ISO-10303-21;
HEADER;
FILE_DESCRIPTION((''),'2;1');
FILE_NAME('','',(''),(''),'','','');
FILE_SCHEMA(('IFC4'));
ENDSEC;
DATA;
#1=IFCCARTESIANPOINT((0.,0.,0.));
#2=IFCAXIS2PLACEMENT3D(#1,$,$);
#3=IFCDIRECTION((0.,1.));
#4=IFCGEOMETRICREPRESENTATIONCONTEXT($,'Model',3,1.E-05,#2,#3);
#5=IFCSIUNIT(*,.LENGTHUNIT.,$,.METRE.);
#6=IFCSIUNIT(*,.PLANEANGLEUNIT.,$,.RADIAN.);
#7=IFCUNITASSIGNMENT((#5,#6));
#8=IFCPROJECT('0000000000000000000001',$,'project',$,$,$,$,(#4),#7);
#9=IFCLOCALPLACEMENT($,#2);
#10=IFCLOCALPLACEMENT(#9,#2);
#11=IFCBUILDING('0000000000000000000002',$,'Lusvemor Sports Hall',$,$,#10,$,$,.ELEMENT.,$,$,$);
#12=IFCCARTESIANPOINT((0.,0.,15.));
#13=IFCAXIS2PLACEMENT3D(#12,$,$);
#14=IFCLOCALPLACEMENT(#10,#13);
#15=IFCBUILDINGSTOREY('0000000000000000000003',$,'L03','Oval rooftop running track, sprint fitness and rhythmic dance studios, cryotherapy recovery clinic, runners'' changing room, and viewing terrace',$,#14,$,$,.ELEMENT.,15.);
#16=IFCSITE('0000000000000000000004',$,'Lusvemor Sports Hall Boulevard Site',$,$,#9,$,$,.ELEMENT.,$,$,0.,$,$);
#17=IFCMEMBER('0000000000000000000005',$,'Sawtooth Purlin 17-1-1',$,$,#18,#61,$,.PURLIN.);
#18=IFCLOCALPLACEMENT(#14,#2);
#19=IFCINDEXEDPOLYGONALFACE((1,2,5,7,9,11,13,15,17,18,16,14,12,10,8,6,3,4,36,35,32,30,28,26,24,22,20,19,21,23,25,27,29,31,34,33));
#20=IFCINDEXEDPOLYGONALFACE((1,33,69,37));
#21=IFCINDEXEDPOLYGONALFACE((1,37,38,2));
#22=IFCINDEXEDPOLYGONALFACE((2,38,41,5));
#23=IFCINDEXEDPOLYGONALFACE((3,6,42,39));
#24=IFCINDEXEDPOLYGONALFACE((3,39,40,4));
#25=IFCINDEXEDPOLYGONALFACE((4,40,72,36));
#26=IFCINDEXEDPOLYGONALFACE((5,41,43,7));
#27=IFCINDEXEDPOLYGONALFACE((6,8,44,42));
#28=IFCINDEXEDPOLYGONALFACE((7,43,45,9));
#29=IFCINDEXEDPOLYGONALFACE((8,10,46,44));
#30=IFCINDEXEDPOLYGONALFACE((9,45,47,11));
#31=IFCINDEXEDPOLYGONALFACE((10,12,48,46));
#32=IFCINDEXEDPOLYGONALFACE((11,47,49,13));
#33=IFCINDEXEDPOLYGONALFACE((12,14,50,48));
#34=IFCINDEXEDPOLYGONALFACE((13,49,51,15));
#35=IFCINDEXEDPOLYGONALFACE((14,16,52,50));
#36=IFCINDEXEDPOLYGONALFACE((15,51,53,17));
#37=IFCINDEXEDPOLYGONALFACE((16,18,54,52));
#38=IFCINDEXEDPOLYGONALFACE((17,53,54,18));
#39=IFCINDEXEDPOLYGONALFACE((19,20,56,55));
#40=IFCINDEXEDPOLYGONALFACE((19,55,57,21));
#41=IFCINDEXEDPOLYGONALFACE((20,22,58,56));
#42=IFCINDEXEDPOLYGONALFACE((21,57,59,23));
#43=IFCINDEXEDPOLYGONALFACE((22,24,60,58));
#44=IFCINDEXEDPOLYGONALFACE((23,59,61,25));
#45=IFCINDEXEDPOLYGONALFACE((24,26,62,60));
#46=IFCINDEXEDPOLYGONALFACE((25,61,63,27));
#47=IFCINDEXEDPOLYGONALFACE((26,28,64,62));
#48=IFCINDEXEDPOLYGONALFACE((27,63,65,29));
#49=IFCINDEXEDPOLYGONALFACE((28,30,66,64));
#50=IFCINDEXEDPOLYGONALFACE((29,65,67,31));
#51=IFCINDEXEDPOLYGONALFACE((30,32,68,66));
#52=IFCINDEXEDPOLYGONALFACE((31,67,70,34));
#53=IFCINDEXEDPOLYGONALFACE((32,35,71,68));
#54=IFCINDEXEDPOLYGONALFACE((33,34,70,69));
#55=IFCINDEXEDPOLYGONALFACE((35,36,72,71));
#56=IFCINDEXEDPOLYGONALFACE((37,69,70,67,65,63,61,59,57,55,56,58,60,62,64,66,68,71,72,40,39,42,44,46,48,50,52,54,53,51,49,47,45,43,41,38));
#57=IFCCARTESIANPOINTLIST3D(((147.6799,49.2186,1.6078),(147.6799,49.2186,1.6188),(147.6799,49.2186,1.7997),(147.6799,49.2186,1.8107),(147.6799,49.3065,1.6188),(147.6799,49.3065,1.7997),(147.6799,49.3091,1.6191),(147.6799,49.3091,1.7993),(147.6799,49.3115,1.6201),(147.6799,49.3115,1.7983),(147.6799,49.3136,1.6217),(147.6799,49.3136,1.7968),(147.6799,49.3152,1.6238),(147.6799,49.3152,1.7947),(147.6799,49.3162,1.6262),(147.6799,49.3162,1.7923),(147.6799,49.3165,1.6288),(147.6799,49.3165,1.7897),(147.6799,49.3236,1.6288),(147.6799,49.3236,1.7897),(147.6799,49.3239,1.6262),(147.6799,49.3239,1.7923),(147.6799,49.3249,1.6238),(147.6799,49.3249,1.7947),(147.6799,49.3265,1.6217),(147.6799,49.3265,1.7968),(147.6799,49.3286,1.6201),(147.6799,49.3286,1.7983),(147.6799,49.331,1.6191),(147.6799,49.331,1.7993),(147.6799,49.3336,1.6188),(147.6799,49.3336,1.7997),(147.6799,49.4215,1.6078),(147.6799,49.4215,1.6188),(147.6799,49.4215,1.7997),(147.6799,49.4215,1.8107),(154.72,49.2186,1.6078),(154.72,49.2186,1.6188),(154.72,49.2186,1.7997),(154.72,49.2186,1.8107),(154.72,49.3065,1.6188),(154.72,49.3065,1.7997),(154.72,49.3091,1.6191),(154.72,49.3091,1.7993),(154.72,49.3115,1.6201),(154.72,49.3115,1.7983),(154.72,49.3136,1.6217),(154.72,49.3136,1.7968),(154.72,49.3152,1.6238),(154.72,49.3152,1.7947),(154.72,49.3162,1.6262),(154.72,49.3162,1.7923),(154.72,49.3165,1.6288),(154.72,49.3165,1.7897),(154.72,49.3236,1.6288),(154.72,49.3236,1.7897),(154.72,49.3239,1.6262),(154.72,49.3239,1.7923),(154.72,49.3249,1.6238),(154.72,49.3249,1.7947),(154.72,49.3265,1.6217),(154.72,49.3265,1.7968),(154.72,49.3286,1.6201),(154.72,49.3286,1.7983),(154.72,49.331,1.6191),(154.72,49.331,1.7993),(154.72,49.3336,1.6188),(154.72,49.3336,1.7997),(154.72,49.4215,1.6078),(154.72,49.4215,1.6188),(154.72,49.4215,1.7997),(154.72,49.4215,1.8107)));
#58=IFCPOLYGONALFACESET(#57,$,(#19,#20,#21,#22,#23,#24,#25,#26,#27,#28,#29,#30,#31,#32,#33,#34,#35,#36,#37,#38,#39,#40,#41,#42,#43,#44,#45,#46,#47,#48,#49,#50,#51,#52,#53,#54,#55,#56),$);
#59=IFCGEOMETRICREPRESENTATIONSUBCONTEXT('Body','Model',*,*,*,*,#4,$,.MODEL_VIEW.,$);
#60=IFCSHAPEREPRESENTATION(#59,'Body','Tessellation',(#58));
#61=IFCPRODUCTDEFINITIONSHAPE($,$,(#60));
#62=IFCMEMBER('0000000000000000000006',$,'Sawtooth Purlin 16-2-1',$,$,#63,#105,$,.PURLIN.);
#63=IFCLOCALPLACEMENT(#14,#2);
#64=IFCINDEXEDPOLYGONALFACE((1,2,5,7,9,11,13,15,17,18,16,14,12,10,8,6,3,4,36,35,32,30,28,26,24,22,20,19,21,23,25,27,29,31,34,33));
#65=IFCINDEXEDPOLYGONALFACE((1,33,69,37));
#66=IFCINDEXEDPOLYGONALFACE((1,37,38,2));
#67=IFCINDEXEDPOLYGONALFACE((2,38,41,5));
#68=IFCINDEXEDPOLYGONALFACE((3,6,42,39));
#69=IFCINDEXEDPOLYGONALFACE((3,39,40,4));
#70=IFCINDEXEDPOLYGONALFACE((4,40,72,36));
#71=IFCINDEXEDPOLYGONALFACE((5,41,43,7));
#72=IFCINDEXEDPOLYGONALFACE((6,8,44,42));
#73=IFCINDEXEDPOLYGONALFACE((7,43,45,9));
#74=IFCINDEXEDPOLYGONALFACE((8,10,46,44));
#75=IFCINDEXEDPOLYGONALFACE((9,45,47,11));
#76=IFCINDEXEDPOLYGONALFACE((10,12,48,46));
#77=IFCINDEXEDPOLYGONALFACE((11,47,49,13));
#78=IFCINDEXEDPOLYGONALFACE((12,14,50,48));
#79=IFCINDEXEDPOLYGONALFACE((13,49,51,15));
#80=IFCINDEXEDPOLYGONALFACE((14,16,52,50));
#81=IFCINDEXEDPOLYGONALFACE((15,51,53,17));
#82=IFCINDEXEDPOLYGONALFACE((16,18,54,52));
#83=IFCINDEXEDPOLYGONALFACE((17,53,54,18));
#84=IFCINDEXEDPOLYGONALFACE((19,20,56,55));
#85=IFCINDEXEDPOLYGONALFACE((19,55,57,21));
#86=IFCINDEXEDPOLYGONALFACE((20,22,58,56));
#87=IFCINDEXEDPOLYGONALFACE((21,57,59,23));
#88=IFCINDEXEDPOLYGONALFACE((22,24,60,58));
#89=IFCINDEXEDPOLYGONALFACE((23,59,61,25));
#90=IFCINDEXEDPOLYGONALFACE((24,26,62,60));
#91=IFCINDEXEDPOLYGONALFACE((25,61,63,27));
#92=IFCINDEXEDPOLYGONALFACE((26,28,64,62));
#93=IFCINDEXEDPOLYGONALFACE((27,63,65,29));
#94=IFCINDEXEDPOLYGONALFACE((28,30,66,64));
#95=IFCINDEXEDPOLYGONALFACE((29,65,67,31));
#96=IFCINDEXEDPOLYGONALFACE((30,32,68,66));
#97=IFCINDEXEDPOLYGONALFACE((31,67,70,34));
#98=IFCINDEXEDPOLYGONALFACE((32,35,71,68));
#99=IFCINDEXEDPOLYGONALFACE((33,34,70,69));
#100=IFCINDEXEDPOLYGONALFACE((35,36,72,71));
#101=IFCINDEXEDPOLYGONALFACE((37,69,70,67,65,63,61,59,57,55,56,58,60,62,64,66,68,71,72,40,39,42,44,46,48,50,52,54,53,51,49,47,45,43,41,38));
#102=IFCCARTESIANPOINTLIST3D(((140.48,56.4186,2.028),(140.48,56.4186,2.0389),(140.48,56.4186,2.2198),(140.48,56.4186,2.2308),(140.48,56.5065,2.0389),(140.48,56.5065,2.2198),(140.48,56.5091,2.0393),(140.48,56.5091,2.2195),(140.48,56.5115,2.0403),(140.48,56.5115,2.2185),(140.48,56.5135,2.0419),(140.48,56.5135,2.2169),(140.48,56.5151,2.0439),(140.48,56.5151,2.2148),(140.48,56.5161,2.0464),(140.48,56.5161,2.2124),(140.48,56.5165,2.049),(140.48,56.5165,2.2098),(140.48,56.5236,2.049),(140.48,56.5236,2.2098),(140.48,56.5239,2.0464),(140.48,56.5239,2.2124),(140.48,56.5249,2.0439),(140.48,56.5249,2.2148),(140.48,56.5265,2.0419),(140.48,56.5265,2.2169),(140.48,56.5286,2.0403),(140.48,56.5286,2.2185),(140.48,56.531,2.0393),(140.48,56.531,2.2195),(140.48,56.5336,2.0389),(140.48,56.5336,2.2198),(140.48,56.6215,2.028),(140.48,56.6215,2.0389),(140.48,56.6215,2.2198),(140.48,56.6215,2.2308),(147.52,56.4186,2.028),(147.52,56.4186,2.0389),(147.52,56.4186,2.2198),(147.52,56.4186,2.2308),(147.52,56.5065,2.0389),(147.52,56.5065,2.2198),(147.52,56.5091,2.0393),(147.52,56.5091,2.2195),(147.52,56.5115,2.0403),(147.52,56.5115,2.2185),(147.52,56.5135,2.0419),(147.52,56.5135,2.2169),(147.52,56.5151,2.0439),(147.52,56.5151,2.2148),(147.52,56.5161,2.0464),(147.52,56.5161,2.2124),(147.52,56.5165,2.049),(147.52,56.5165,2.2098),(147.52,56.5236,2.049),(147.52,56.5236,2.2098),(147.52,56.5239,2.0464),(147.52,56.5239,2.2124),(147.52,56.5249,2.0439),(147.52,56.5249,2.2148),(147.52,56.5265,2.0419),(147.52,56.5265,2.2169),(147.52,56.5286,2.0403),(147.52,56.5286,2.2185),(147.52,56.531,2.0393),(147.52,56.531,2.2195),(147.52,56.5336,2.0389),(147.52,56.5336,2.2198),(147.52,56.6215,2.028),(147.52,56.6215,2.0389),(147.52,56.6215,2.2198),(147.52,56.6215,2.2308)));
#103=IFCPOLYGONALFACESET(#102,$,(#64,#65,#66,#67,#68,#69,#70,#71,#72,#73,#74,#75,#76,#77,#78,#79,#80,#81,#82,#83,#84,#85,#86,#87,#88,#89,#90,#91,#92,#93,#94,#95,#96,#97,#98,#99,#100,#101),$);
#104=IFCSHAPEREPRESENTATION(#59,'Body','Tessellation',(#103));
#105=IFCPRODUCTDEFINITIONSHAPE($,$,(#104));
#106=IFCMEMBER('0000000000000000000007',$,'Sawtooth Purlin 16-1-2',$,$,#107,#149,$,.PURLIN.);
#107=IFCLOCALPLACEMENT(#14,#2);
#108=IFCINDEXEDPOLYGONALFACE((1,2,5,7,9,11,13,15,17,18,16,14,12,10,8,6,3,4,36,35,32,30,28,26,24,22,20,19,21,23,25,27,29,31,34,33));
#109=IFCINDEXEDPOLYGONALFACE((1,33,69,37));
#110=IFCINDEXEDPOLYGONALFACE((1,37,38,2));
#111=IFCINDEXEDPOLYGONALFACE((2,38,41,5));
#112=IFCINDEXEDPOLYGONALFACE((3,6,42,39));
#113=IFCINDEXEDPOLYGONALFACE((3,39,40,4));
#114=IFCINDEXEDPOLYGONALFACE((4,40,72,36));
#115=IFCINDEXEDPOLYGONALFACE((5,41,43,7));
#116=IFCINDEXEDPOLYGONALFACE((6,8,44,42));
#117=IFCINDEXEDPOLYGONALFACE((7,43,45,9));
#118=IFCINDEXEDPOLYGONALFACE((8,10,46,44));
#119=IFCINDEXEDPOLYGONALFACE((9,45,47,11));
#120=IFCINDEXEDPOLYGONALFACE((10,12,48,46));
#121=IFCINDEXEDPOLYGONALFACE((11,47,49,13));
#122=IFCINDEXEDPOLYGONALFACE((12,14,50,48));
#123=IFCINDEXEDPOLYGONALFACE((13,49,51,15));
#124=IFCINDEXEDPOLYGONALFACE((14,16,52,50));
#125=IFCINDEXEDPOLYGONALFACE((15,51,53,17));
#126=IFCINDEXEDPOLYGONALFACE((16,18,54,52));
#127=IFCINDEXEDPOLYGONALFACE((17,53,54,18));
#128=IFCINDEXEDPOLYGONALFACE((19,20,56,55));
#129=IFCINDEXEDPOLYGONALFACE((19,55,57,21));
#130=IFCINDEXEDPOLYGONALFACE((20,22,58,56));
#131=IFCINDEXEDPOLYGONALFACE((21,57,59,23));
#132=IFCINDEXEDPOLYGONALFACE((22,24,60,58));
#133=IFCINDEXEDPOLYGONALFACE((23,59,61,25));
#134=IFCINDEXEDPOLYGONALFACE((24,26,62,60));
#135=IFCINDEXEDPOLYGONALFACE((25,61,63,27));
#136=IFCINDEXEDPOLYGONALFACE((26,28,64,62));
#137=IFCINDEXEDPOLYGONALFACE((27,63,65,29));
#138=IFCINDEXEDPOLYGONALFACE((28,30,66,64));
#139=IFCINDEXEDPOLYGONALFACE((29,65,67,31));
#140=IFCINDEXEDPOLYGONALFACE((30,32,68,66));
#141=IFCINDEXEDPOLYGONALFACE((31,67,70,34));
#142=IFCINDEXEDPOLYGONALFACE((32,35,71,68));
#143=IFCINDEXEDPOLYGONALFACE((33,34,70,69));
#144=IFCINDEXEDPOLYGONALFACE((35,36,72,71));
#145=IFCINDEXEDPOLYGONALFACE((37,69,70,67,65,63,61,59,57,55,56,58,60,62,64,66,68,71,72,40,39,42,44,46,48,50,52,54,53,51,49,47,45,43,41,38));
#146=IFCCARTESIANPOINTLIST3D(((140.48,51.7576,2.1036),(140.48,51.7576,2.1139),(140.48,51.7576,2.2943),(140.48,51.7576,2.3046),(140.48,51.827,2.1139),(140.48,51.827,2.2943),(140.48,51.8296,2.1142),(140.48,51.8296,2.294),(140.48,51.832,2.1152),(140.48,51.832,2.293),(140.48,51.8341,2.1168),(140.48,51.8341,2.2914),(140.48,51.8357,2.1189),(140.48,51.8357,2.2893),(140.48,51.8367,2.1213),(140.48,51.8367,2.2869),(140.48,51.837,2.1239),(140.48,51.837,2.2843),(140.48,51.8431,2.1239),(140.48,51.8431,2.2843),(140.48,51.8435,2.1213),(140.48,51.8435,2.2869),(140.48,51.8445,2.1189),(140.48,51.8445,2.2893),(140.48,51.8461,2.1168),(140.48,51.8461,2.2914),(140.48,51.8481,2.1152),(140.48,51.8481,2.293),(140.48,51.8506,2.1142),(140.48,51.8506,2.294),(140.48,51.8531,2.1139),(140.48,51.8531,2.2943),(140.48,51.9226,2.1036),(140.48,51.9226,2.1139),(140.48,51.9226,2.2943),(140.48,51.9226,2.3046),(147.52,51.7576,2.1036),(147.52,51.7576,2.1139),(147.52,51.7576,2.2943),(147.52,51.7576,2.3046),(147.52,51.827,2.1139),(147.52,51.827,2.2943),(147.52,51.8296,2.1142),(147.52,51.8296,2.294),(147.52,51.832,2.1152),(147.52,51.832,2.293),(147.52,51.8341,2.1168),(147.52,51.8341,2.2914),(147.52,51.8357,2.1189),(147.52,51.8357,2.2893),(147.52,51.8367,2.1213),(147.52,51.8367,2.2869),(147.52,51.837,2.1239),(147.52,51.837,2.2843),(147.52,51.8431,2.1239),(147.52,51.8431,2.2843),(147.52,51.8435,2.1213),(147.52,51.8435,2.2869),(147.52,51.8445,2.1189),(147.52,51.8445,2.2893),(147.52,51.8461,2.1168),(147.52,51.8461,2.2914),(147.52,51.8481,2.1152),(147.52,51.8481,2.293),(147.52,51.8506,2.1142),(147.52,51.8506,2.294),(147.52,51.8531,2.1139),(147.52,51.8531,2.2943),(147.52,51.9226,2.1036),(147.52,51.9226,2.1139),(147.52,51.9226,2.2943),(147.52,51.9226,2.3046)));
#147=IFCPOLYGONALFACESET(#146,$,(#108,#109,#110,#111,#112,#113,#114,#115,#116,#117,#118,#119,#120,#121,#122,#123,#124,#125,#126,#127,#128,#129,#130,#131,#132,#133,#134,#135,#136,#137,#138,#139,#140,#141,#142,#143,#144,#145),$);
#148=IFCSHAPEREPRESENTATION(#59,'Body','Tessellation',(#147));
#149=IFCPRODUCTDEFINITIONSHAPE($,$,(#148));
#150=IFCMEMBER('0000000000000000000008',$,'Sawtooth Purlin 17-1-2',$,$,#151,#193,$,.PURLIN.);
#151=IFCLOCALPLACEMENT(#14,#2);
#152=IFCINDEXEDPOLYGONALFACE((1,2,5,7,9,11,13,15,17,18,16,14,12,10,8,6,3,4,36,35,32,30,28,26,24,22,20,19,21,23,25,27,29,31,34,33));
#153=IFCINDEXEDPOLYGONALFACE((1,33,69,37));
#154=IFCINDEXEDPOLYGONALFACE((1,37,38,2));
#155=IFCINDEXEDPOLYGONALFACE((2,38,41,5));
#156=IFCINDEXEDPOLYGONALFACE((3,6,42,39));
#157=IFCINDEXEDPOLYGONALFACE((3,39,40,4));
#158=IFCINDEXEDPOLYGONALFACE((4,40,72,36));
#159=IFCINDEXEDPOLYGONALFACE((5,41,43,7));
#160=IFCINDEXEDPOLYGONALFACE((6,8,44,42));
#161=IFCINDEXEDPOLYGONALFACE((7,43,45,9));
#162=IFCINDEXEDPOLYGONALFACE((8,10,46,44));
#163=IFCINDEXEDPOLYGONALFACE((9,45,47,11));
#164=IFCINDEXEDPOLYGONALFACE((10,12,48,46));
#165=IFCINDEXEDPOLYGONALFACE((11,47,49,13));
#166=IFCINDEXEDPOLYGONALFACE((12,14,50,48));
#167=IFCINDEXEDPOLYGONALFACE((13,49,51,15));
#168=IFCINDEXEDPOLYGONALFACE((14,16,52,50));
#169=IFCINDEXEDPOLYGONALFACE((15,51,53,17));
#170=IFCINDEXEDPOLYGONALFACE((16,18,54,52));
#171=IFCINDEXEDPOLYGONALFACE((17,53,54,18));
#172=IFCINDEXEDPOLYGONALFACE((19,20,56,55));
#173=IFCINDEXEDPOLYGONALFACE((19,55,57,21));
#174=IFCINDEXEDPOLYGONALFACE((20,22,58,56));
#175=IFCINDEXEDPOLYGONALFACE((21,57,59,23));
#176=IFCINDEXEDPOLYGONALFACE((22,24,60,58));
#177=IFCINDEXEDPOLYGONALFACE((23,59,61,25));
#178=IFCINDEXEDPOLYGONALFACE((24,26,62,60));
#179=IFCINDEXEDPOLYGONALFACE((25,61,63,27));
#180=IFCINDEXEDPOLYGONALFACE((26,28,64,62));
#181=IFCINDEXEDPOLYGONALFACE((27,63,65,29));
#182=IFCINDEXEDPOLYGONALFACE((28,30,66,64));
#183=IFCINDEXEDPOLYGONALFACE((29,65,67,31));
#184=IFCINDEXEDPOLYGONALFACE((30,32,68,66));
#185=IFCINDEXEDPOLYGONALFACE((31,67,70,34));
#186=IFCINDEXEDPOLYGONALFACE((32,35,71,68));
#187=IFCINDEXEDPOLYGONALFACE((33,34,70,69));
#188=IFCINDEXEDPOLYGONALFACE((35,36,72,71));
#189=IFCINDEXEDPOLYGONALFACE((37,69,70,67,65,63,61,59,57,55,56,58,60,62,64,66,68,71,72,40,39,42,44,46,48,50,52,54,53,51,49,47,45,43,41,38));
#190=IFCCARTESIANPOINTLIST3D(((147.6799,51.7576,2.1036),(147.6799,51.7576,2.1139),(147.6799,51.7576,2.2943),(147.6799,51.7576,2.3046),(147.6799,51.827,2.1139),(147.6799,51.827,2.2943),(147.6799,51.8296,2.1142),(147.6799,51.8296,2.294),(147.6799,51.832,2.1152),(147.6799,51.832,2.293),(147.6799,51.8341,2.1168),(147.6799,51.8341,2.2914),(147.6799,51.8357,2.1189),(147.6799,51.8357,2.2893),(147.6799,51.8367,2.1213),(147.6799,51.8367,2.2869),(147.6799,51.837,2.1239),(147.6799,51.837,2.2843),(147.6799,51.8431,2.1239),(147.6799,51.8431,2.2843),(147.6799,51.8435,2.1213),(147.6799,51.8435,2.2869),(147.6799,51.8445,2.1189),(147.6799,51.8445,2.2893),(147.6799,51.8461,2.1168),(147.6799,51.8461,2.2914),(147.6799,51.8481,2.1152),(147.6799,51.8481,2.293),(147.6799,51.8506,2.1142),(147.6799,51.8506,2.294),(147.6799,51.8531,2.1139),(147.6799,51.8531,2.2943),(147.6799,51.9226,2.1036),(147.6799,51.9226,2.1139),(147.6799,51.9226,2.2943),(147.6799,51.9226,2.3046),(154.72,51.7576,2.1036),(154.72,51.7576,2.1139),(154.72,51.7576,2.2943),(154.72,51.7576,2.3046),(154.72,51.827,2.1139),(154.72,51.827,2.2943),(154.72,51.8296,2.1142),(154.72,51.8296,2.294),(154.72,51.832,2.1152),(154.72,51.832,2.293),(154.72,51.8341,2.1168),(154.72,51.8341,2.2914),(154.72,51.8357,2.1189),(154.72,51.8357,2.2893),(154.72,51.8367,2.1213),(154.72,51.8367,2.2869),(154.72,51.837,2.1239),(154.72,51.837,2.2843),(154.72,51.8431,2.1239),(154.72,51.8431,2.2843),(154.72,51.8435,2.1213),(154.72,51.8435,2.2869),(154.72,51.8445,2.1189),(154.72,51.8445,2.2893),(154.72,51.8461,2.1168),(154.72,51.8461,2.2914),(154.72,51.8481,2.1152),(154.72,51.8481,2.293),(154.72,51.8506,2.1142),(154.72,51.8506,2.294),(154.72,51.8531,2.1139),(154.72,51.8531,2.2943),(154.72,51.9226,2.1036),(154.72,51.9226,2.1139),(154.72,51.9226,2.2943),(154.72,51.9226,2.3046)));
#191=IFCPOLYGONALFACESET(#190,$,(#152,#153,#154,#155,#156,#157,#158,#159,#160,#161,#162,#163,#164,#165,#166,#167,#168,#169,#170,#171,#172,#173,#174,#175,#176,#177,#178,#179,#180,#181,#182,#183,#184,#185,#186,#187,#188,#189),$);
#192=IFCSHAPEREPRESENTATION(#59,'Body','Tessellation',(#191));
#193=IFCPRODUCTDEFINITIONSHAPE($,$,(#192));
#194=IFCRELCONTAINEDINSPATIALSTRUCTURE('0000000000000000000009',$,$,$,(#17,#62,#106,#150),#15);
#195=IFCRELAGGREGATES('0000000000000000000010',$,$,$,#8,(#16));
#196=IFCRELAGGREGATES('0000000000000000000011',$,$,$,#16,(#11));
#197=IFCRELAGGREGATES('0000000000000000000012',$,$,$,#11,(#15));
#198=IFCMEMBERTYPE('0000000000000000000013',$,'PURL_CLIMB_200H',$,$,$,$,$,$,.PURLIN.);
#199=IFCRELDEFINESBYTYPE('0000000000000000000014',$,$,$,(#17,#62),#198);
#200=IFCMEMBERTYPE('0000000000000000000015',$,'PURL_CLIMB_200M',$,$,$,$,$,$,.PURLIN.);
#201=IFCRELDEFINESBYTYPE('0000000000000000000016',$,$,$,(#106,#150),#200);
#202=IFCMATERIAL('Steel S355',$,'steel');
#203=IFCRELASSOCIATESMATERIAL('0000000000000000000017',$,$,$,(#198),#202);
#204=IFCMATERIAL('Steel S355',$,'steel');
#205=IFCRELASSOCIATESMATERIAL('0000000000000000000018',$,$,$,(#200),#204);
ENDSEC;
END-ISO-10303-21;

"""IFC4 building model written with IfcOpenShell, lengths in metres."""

from ifc_helpers import new_model, si_unit, direction, frame, origin, origin_2d, place, context, subcontext, project, spatial, i_section, extrude, material, material_profile, profile_set, type_object, element, save


model = new_model("IFC4")

# Units and contexts
model_context = context("Model", 3, precision=1e-05, world=origin(), true_north=direction((0.0, 1.0)))
body_context = subcontext(model_context, "Body", "Model", "MODEL_VIEW")
ifc_project = project(units=[si_unit("LENGTHUNIT", "METRE"), si_unit("PLANEANGLEUNIT", "RADIAN")], contexts=[model_context])

# Site, building, storey
site_placement = place(None, origin())
site = spatial("IfcSite", under=ifc_project, at=site_placement, Name="Lusvemor Sports Hall Boulevard Site", CompositionType="ELEMENT", RefElevation=0.0)
building_placement = place(site_placement, origin())
building = spatial("IfcBuilding", under=site, at=building_placement, Name="Lusvemor Sports Hall", CompositionType="ELEMENT")
storey_placement = place(building_placement, frame((0.0, 0.0, 15.0)))
storey = spatial("IfcBuildingStorey", under=building, at=storey_placement, Name="L03", Description="Oval rooftop running track, sprint fitness and rhythmic dance studios, cryotherapy recovery clinic, runners' changing room, and viewing terrace", CompositionType="ELEMENT", Elevation=15.0)

# Members
ifc_material_1 = material(Name="Steel S355", Category="steel")
ifc_material_profile_1 = material_profile(ifc_material_1, i_section(OverallWidth=0.2029, OverallDepth=0.2029, WebThickness=0.0071, FlangeThickness=0.011, FilletRadius=0.01, at=origin_2d()), Name="W200x46.1")
ifc_profile_set_1 = profile_set([ifc_material_profile_1], Name="Steel S355")
member_type_1 = type_object("IfcMemberType", Name="PURL_CLIMB_200H", PredefinedType="PURLIN", material=ifc_profile_set_1)
for number, where, z_axis, x_axis, name in (
    (1, (147.6799, 49.3201, 1.7092), (1.0, 0.0, 0.0), (0.0, 1.0, 0.0), "Sawtooth Purlin 17-1-1"),
    (2, (140.48, 56.52, 2.1294), (1.0, 0.0, 0.0), (0.0, 1.0, 0.0), "Sawtooth Purlin 16-2-1"),
):
    element("IfcMember", number, at=place(storey_placement, frame(where, z_axis=z_axis, x_axis=x_axis)), inside=storey, type_object=member_type_1, Name=name, PredefinedType="PURLIN", context=body_context, shape_type="SweptSolid", body=[
        extrude(i_section(OverallWidth=0.2029, OverallDepth=0.2029, WebThickness=0.0071, FlangeThickness=0.011, FilletRadius=0.01, at=origin_2d()), origin(), (0.0, 0.0, 1.0), 7.04),
    ])
ifc_material_2 = material(Name="Steel S355", Category="steel")
ifc_material_profile_2 = material_profile(ifc_material_2, i_section(OverallWidth=0.165, OverallDepth=0.2009, WebThickness=0.0061, FlangeThickness=0.0103, FilletRadius=0.01, at=origin_2d()), Name="W200x35.9")
ifc_profile_set_2 = profile_set([ifc_material_profile_2], Name="Steel S355")
member_type_2 = type_object("IfcMemberType", Name="PURL_CLIMB_200M", PredefinedType="PURLIN", material=ifc_profile_set_2)
for number, where, z_axis, x_axis, name in (
    (3, (140.48, 51.8401, 2.2041), (1.0, 0.0, 0.0), (0.0, 1.0, 0.0), "Sawtooth Purlin 16-1-2"),
    (4, (147.6799, 51.8401, 2.2041), (1.0, 0.0, 0.0), (0.0, 1.0, 0.0), "Sawtooth Purlin 17-1-2"),
):
    element("IfcMember", number, at=place(storey_placement, frame(where, z_axis=z_axis, x_axis=x_axis)), inside=storey, type_object=member_type_2, Name=name, PredefinedType="PURLIN", context=body_context, shape_type="SweptSolid", body=[
        extrude(i_section(OverallWidth=0.165, OverallDepth=0.2009, WebThickness=0.0061, FlangeThickness=0.0103, FilletRadius=0.01, at=origin_2d()), origin(), (0.0, 0.0, 1.0), 7.04),
    ])

save(model, "model.ifc")
